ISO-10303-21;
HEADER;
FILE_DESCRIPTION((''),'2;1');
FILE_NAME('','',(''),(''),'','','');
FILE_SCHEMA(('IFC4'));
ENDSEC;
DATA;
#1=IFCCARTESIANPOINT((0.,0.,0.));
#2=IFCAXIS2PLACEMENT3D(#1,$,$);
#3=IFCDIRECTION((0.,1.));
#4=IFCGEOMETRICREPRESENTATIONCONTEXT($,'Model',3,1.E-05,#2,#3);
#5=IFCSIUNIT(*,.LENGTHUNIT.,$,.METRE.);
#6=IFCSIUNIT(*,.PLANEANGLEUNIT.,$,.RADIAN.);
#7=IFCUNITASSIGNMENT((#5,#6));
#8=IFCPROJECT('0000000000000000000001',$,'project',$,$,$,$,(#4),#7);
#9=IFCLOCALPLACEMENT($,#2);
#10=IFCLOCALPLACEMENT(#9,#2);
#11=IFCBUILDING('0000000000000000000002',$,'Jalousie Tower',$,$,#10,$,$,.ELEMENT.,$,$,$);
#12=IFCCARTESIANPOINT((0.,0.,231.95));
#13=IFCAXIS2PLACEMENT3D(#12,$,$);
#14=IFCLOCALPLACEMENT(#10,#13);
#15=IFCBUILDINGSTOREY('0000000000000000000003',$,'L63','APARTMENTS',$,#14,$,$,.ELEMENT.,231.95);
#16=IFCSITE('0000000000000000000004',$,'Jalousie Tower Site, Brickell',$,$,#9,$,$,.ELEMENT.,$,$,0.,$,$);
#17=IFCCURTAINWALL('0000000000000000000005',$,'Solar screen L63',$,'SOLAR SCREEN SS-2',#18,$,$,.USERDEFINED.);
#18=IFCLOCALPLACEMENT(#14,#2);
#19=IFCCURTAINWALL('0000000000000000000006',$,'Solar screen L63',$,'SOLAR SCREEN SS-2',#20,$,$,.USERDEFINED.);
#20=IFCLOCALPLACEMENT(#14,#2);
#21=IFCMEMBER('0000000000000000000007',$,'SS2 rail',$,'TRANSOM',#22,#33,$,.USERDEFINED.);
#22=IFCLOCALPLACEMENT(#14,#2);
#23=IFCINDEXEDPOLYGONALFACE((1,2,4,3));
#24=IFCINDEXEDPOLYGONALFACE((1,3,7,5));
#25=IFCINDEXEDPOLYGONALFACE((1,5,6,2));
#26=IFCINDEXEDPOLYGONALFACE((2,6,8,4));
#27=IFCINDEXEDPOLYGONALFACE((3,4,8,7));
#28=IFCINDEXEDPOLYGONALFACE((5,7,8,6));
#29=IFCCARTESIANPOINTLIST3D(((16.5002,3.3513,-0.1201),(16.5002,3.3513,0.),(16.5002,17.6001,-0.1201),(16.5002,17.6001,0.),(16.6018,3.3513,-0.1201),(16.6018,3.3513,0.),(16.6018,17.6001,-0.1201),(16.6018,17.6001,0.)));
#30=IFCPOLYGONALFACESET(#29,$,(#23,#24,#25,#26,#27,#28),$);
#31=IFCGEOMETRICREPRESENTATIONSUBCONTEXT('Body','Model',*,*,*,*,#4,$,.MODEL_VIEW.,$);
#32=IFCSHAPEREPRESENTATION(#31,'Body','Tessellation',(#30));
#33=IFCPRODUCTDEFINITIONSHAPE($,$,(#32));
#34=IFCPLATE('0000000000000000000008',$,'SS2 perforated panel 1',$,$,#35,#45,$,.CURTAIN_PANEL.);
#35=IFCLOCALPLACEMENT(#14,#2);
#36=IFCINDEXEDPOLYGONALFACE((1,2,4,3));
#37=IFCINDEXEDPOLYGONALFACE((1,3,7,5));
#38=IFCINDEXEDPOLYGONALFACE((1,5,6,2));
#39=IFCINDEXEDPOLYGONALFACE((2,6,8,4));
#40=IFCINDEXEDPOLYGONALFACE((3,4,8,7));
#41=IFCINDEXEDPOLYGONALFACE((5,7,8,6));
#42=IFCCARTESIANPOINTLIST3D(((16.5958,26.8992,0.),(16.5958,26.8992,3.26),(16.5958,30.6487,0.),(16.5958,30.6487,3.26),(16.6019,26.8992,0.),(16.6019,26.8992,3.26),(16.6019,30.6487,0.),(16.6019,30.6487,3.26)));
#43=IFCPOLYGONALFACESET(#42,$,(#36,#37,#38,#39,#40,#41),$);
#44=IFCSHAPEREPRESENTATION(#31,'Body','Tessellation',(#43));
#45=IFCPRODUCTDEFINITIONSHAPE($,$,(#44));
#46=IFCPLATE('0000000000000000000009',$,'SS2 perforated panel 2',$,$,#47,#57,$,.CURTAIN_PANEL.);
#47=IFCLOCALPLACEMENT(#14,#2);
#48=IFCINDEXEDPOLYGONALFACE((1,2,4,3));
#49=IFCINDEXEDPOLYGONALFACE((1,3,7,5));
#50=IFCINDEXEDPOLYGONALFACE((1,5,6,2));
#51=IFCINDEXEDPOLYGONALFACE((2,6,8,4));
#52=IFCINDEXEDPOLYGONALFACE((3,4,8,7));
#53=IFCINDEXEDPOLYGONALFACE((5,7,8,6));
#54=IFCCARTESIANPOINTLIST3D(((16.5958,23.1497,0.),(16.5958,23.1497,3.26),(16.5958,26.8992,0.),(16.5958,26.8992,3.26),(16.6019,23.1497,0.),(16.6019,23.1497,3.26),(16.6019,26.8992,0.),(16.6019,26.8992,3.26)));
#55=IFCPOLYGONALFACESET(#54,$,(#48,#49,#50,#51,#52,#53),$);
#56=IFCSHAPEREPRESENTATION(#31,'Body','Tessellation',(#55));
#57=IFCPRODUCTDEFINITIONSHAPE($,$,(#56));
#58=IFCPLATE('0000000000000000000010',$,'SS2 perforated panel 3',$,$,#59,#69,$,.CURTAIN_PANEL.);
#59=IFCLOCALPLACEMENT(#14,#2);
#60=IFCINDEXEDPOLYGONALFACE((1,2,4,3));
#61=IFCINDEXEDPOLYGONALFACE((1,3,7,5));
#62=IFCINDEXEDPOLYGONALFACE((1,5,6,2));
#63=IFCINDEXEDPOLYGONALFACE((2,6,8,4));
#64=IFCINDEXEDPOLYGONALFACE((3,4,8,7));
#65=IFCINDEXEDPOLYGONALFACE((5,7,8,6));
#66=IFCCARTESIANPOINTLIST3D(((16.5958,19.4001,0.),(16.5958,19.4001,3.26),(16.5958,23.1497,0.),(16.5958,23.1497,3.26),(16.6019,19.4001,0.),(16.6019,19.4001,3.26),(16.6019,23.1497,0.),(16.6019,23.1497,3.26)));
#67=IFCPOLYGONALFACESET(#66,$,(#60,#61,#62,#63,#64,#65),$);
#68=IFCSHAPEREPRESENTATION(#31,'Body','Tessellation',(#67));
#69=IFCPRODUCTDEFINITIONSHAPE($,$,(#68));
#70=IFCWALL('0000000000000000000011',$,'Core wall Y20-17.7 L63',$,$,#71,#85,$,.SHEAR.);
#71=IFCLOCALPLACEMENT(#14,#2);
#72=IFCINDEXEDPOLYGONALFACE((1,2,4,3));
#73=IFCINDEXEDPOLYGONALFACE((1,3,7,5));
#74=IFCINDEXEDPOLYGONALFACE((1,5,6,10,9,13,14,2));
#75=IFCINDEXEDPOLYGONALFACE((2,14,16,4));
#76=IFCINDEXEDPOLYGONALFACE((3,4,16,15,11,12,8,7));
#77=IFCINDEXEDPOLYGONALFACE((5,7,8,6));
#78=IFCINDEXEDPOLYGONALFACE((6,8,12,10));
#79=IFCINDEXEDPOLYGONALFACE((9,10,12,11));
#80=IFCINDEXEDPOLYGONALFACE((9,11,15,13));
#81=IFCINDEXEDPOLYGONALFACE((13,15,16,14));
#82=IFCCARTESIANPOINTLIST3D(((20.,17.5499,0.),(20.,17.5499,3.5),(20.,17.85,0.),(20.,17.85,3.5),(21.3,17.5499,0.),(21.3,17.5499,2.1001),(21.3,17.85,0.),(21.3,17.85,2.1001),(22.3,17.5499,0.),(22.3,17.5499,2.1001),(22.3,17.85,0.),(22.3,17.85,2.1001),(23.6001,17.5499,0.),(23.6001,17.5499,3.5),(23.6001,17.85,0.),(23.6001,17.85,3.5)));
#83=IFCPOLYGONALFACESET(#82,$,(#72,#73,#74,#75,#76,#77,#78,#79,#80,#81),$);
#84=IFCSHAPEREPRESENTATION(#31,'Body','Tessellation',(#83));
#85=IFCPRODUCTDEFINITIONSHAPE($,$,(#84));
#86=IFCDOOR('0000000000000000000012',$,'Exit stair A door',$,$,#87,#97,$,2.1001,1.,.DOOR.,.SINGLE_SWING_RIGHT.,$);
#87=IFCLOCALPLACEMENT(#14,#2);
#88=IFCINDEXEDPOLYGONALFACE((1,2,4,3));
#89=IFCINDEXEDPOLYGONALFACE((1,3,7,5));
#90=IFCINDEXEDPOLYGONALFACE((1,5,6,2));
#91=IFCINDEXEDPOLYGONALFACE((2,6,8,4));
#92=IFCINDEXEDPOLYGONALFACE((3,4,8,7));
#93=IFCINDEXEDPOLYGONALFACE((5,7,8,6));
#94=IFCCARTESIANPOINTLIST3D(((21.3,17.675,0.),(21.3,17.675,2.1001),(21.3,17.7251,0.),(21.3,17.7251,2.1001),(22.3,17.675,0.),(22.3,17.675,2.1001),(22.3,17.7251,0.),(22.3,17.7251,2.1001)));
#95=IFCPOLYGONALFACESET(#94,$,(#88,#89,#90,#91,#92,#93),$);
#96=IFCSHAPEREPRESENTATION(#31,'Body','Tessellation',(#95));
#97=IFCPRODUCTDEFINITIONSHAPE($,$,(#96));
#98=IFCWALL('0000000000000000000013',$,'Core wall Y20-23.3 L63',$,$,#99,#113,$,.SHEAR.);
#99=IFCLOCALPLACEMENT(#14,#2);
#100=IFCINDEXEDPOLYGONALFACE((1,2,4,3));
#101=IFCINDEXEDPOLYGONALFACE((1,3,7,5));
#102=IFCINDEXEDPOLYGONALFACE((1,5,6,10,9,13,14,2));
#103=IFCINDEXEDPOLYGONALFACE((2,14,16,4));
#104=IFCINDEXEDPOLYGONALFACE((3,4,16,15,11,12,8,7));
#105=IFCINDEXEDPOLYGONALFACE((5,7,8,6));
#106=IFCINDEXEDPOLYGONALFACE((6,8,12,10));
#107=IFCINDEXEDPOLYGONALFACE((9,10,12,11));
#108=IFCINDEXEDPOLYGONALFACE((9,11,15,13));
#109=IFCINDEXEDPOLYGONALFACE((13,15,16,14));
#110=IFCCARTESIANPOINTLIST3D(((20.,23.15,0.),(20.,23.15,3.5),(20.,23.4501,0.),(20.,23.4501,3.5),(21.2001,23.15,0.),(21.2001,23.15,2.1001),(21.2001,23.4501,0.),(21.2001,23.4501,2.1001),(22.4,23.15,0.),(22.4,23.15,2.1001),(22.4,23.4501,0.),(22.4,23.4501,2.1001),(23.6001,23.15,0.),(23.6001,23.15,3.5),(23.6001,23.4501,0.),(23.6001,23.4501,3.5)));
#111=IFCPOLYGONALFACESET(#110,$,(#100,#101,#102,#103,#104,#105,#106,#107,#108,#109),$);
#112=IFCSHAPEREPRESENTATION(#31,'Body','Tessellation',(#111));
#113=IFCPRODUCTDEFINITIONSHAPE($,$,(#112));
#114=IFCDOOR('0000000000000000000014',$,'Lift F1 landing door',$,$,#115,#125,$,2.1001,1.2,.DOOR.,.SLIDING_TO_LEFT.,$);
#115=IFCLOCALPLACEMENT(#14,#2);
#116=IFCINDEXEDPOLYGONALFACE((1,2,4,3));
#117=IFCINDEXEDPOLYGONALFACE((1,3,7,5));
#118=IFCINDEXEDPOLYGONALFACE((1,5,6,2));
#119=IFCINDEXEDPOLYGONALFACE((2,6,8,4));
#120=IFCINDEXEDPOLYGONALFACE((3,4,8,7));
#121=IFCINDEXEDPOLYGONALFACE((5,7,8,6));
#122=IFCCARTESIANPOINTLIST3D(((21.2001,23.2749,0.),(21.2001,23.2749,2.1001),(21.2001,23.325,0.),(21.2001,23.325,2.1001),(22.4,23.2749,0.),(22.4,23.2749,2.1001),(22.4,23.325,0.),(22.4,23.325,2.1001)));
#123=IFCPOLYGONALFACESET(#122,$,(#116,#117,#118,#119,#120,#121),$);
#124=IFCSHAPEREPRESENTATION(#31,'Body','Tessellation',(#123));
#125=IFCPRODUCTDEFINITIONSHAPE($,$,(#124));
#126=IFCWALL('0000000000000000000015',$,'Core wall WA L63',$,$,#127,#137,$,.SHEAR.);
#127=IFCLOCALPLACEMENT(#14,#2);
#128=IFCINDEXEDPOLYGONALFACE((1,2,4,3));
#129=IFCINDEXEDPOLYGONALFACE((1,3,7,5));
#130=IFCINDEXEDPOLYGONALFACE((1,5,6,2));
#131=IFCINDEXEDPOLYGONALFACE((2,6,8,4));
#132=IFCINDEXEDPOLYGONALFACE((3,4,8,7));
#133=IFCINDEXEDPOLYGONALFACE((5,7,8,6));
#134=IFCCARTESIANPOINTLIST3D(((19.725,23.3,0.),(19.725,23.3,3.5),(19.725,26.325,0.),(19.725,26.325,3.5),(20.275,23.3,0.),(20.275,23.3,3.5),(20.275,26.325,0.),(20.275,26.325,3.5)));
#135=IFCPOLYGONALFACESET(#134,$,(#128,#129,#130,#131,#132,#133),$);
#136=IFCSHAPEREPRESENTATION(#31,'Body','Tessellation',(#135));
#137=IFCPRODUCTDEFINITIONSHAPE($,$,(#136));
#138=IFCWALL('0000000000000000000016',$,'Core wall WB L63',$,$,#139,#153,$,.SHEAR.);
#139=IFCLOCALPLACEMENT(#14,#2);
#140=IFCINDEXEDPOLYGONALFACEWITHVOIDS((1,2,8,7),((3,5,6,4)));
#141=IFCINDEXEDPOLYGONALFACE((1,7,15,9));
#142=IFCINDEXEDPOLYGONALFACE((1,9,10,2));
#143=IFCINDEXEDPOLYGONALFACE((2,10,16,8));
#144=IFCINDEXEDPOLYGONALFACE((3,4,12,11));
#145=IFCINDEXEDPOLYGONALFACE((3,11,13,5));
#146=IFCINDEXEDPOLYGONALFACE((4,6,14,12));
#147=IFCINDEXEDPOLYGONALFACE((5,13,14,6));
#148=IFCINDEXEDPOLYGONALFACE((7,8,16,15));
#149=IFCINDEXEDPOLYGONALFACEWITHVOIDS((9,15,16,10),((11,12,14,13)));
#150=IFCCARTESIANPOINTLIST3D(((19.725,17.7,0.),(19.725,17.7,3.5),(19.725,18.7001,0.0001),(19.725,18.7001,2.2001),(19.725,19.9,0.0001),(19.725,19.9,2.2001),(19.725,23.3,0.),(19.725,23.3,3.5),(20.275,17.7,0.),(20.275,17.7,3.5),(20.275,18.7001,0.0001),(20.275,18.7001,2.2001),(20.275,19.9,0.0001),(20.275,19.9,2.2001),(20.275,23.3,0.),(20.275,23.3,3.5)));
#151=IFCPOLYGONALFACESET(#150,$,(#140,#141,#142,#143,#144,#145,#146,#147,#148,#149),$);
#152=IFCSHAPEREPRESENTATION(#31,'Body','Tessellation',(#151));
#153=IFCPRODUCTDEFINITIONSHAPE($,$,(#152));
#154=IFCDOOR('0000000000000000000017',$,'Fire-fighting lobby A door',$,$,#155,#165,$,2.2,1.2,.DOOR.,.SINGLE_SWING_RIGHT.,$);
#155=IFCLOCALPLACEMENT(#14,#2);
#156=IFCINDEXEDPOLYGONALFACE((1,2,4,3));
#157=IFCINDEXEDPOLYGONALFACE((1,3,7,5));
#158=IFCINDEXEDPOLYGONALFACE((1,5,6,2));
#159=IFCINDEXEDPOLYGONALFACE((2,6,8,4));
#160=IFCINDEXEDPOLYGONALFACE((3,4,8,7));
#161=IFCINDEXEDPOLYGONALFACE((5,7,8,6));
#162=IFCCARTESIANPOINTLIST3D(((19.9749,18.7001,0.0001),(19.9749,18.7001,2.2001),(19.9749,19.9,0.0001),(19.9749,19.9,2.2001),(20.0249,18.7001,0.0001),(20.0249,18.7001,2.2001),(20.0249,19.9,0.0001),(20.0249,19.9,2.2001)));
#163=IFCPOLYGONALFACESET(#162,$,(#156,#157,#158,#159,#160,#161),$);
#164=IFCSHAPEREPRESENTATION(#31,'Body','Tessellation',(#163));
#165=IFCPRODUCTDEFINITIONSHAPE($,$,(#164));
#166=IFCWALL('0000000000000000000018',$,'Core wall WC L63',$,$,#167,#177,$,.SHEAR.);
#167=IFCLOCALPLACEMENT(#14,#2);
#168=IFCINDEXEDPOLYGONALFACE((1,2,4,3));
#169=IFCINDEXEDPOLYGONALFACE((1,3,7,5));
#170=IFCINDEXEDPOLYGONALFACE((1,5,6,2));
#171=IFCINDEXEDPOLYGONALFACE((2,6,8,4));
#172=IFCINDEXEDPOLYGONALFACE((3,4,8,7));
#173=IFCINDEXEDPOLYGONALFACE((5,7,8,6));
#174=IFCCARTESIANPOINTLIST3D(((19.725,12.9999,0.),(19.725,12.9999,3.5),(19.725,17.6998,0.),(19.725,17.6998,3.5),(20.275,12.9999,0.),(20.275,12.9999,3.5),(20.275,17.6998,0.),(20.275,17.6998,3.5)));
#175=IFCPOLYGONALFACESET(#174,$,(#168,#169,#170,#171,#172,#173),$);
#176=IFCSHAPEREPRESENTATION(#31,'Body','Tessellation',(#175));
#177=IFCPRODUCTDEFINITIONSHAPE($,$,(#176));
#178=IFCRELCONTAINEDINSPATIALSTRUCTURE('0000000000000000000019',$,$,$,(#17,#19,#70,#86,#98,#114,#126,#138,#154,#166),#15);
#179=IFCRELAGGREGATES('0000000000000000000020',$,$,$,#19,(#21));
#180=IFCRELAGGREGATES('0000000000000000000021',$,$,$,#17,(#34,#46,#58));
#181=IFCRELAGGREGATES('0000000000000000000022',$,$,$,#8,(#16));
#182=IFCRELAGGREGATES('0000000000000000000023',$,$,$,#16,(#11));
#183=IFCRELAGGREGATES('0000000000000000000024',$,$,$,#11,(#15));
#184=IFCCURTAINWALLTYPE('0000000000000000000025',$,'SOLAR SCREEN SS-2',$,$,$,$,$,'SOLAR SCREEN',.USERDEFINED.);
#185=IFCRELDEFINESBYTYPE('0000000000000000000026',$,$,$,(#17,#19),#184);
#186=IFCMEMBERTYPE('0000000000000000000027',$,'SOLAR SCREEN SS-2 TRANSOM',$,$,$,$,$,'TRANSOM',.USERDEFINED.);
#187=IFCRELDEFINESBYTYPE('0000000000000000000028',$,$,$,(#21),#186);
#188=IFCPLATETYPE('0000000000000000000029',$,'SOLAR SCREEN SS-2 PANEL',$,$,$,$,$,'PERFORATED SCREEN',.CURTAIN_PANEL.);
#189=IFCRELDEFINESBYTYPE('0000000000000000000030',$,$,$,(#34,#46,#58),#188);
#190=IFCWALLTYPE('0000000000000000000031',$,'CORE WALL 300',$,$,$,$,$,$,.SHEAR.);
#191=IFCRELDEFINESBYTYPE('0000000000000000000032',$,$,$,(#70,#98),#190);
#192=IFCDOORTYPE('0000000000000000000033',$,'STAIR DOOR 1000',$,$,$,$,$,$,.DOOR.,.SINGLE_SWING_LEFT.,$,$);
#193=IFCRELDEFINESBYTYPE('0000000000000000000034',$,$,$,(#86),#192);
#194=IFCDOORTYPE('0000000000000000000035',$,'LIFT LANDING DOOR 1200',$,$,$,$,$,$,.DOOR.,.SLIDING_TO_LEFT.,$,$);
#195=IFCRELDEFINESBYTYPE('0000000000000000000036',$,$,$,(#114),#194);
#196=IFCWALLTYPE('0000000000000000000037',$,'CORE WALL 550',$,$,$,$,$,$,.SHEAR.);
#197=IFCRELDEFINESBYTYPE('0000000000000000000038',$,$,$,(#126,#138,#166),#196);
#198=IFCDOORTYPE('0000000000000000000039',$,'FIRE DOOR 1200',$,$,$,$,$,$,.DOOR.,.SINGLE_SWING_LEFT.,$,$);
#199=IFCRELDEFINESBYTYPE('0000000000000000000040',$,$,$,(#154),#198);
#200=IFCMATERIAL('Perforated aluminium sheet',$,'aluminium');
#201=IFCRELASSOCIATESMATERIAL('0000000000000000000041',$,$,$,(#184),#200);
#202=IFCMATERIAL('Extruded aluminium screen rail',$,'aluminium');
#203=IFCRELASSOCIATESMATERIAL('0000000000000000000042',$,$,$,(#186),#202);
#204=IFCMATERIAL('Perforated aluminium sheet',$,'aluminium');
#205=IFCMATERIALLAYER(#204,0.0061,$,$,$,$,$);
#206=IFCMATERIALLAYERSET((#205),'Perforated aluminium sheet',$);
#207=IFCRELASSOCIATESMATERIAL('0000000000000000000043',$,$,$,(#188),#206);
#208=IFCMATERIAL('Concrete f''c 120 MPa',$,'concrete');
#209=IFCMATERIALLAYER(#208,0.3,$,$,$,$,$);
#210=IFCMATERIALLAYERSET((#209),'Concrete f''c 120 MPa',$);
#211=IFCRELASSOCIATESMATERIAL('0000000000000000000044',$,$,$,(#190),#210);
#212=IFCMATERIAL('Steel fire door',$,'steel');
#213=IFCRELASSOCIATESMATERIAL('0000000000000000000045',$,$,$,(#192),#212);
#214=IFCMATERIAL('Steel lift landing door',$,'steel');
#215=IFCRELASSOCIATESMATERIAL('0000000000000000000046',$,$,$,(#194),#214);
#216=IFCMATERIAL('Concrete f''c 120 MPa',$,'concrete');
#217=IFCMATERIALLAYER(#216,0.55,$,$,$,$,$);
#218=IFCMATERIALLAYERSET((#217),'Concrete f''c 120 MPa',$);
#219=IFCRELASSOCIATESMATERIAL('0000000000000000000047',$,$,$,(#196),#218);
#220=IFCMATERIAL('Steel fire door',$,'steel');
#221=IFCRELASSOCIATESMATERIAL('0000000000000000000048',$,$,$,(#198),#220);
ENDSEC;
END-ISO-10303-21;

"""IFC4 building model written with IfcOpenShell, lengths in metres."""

from ifc_helpers import new_model, si_unit, direction, frame, frame_2d, origin, origin_2d, place, context, subcontext, project, spatial, rectangle, extrude, material, layer, layer_set, material_profile, profile_set, type_object, element, fill, aggregate, save


model = new_model("IFC4")

# Units and contexts
model_context = context("Model", 3, precision=1e-05, world=origin(), true_north=direction((0.0, 1.0)))
body_context = subcontext(model_context, "Body", "Model", "MODEL_VIEW")
ifc_project = project(units=[si_unit("LENGTHUNIT", "METRE"), si_unit("PLANEANGLEUNIT", "RADIAN")], contexts=[model_context])

# Site, building, storey
site_placement = place(None, origin())
site = spatial("IfcSite", under=ifc_project, at=site_placement, Name="Jalousie Tower Site, Brickell", CompositionType="ELEMENT", RefElevation=0.0)
building_placement = place(site_placement, origin())
building = spatial("IfcBuilding", under=site, at=building_placement, Name="Jalousie Tower", CompositionType="ELEMENT")
storey_placement = place(building_placement, frame((0.0, 0.0, 231.95)))
storey = spatial("IfcBuildingStorey", under=building, at=storey_placement, Name="L63", Description="APARTMENTS", CompositionType="ELEMENT", Elevation=231.95)

# Curtain walls, member
ifc_material_1 = material(Name="Perforated aluminium sheet", Category="aluminium")
curtain_wall_type = type_object("IfcCurtainWallType", Name="SOLAR SCREEN SS-2", ElementType="SOLAR SCREEN", PredefinedType="USERDEFINED", material=ifc_material_1)
curtain_wall_1_placement = place(storey_placement, origin())
curtain_wall_1 = element("IfcCurtainWall", 1, at=curtain_wall_1_placement, inside=storey, type_object=curtain_wall_type, Name="Solar screen L63", ObjectType="SOLAR SCREEN SS-2", PredefinedType="USERDEFINED")
curtain_wall_2_placement = place(storey_placement, origin())
curtain_wall_2 = element("IfcCurtainWall", 2, at=curtain_wall_2_placement, inside=storey, type_object=curtain_wall_type, Name="Solar screen L63", ObjectType="SOLAR SCREEN SS-2", PredefinedType="USERDEFINED")
ifc_material_2 = material(Name="Extruded aluminium screen rail", Category="aluminium")
ifc_material_profile_1 = material_profile(ifc_material_2, rectangle(XDim=0.1016, YDim=0.1201, at=origin_2d()), Name="RAIL 102x120")
ifc_profile_set_1 = profile_set([ifc_material_profile_1], Name="Extruded aluminium screen rail")
member_type_1 = type_object("IfcMemberType", Name="SOLAR SCREEN SS-2 TRANSOM", ElementType="TRANSOM", PredefinedType="USERDEFINED", material=ifc_profile_set_1)
member_1_placement = place(storey_placement, frame((16.551, 17.6001, -0.0601), z_axis=(0.0, -1.0, 0.0), x_axis=(1.0, 0.0, 0.0)))
member_1 = element("IfcMember", 3, at=member_1_placement, type_object=member_type_1, Name="SS2 rail", ObjectType="TRANSOM", PredefinedType="USERDEFINED", context=body_context, shape_type="SweptSolid", body=[
    extrude(rectangle(XDim=0.1016, YDim=0.1201, at=origin_2d()), origin(), (0.0, 0.0, 1.0), 14.2488),
])
aggregate(curtain_wall_2, [member_1])

# Plates
ifc_material_3 = material(Name="Perforated aluminium sheet", Category="aluminium")
ifc_layer_1 = layer(ifc_material_3, 0.0061)
ifc_layer_set_1 = layer_set([ifc_layer_1], Name="Perforated aluminium sheet")
plate_type = type_object("IfcPlateType", Name="SOLAR SCREEN SS-2 PANEL", ElementType="PERFORATED SCREEN", PredefinedType="CURTAIN_PANEL", material=ifc_layer_set_1)
plate_1_placement = place(storey_placement, frame((16.5989, 28.7739, 0.0), z_axis=(0.0, 0.0, 1.0), x_axis=(0.0, -1.0, 0.0)))
plate_1 = element("IfcPlate", 4, at=plate_1_placement, type_object=plate_type, Name="SS2 perforated panel 1", PredefinedType="CURTAIN_PANEL", context=body_context, shape_type="SweptSolid", body=[
    extrude(rectangle(XDim=3.7495, YDim=0.0061, at=origin_2d()), origin(), (0.0, 0.0, 1.0), 3.26),
])
plate_2_placement = place(storey_placement, frame((16.5989, 25.0244, 0.0), z_axis=(0.0, 0.0, 1.0), x_axis=(0.0, -1.0, 0.0)))
plate_2 = element("IfcPlate", 5, at=plate_2_placement, type_object=plate_type, Name="SS2 perforated panel 2", PredefinedType="CURTAIN_PANEL", context=body_context, shape_type="SweptSolid", body=[
    extrude(rectangle(XDim=3.7495, YDim=0.0061, at=origin_2d()), origin(), (0.0, 0.0, 1.0), 3.26),
])
plate_3_placement = place(storey_placement, frame((16.5989, 21.2749, 0.0), z_axis=(0.0, 0.0, 1.0), x_axis=(0.0, -1.0, 0.0)))
plate_3 = element("IfcPlate", 6, at=plate_3_placement, type_object=plate_type, Name="SS2 perforated panel 3", PredefinedType="CURTAIN_PANEL", context=body_context, shape_type="SweptSolid", body=[
    extrude(rectangle(XDim=3.7495, YDim=0.0061, at=origin_2d()), origin(), (0.0, 0.0, 1.0), 3.26),
])
aggregate(curtain_wall_1, [plate_1, plate_2, plate_3])

# Walls, openings, doors
ifc_material_4 = material(Name="Concrete f'c 120 MPa", Category="concrete")
ifc_layer_2 = layer(ifc_material_4, 0.3)
ifc_layer_set_2 = layer_set([ifc_layer_2], Name="Concrete f'c 120 MPa")
wall_type_1 = type_object("IfcWallType", Name="CORE WALL 300", PredefinedType="SHEAR", material=ifc_layer_set_2)
wall_1_placement = place(storey_placement, frame((20.0, 17.7, 0.0), z_axis=(0.0, 0.0, 1.0), x_axis=(1.0, 0.0, 0.0)))
wall_1 = element("IfcWall", 7, at=wall_1_placement, inside=storey, type_object=wall_type_1, Name="Core wall Y20-17.7 L63", PredefinedType="SHEAR", context=body_context, shape_type="SweptSolid", body=[
    extrude(rectangle(XDim=3.6001, YDim=0.3, at=frame_2d((1.8, 0.0))), origin(), (0.0, 0.0, 1.0), 3.5),
])
opening_1_placement = place(wall_1_placement, frame((1.3, 0.0, 0.0)))
opening_1 = element("IfcOpeningElement", 8, at=opening_1_placement, cuts=wall_1, PredefinedType="OPENING", context=body_context, shape_type="SweptSolid", body=[
    extrude(rectangle(XDim=1.0, YDim=2.1001, at=frame_2d((0.5, 1.05))), frame((0.0, 0.1599, 0.0), z_axis=(0.0, -1.0, 0.0), x_axis=(1.0, 0.0, 0.0)), (0.0, 0.0, 1.0), 0.3201),
])
ifc_material_5 = material(Name="Steel fire door", Category="steel")
door_type_1 = type_object("IfcDoorType", Name="STAIR DOOR 1000", OperationType="SINGLE_SWING_LEFT", PredefinedType="DOOR", material=ifc_material_5)
door_1_placement = place(opening_1_placement, frame((1.0, 0.0, 0.0), z_axis=(0.0, 0.0, 1.0), x_axis=(-1.0, 0.0, 0.0)))
door_1 = element("IfcDoor", 9, at=door_1_placement, inside=storey, type_object=door_type_1, Name="Exit stair A door", OperationType="SINGLE_SWING_RIGHT", OverallHeight=2.1001, OverallWidth=1.0, PredefinedType="DOOR", context=body_context, shape_type="SweptSolid", body=[
    extrude(rectangle(XDim=1.0, YDim=2.1001, at=frame_2d((0.5, 1.05))), frame((0.0, 0.0249, 0.0), z_axis=(0.0, -1.0, 0.0), x_axis=(1.0, 0.0, 0.0)), (0.0, 0.0, 1.0), 0.05),
])
fill(opening_1, door_1)
wall_2_placement = place(storey_placement, frame((20.0, 23.3, 0.0), z_axis=(0.0, 0.0, 1.0), x_axis=(1.0, 0.0, 0.0)))
wall_2 = element("IfcWall", 10, at=wall_2_placement, inside=storey, type_object=wall_type_1, Name="Core wall Y20-23.3 L63", PredefinedType="SHEAR", context=body_context, shape_type="SweptSolid", body=[
    extrude(rectangle(XDim=3.6001, YDim=0.3, at=frame_2d((1.8, 0.0))), origin(), (0.0, 0.0, 1.0), 3.5),
])
opening_2_placement = place(wall_2_placement, frame((1.2, 0.0, 0.0)))
opening_2 = element("IfcOpeningElement", 11, at=opening_2_placement, cuts=wall_2, PredefinedType="OPENING", context=body_context, shape_type="SweptSolid", body=[
    extrude(rectangle(XDim=1.2, YDim=2.1001, at=frame_2d((0.6001, 1.05))), frame((0.0, 0.1599, 0.0), z_axis=(0.0, -1.0, 0.0), x_axis=(1.0, 0.0, 0.0)), (0.0, 0.0, 1.0), 0.3201),
])
ifc_material_6 = material(Name="Steel lift landing door", Category="steel")
door_type_2 = type_object("IfcDoorType", Name="LIFT LANDING DOOR 1200", OperationType="SLIDING_TO_LEFT", PredefinedType="DOOR", material=ifc_material_6)
door_2_placement = place(opening_2_placement, origin())
door_2 = element("IfcDoor", 12, at=door_2_placement, inside=storey, type_object=door_type_2, Name="Lift F1 landing door", OperationType="SLIDING_TO_LEFT", OverallHeight=2.1001, OverallWidth=1.2, PredefinedType="DOOR", context=body_context, shape_type="SweptSolid", body=[
    extrude(rectangle(XDim=1.2, YDim=2.1001, at=frame_2d((0.6001, 1.05))), frame((0.0, 0.0249, 0.0), z_axis=(0.0, -1.0, 0.0), x_axis=(1.0, 0.0, 0.0)), (0.0, 0.0, 1.0), 0.05),
])
fill(opening_2, door_2)

# Wall
ifc_material_7 = material(Name="Concrete f'c 120 MPa", Category="concrete")
ifc_layer_3 = layer(ifc_material_7, 0.55)
ifc_layer_set_3 = layer_set([ifc_layer_3], Name="Concrete f'c 120 MPa")
wall_type_2 = type_object("IfcWallType", Name="CORE WALL 550", PredefinedType="SHEAR", material=ifc_layer_set_3)
wall_3_placement = place(storey_placement, frame((20.0, 26.325, 0.0), z_axis=(0.0, 0.0, 1.0), x_axis=(0.0, -1.0, 0.0)))
element("IfcWall", 13, at=wall_3_placement, inside=storey, type_object=wall_type_2, Name="Core wall WA L63", PredefinedType="SHEAR", context=body_context, shape_type="SweptSolid", body=[
    extrude(rectangle(XDim=3.0249, YDim=0.55, at=frame_2d((1.5125, 0.0))), origin(), (0.0, 0.0, 1.0), 3.5),
])

# Wall, opening, door
wall_4_placement = place(storey_placement, frame((20.0, 23.3, 0.0), z_axis=(0.0, 0.0, 1.0), x_axis=(0.0, -1.0, 0.0)))
wall_4 = element("IfcWall", 14, at=wall_4_placement, inside=storey, type_object=wall_type_2, Name="Core wall WB L63", PredefinedType="SHEAR", context=body_context, shape_type="SweptSolid", body=[
    extrude(rectangle(XDim=5.6001, YDim=0.55, at=frame_2d((2.8, 0.0))), origin(), (0.0, 0.0, 1.0), 3.5),
])
opening_3_placement = place(wall_4_placement, frame((3.3999, 0.0, 0.0)))
opening_3 = element("IfcOpeningElement", 15, at=opening_3_placement, cuts=wall_4, PredefinedType="OPENING", context=body_context, shape_type="SweptSolid", body=[
    extrude(rectangle(XDim=1.2, YDim=2.2, at=frame_2d((0.6001, 1.1001))), frame((0.0, 0.2849, 0.0), z_axis=(0.0, -1.0, 0.0), x_axis=(1.0, 0.0, 0.0)), (0.0, 0.0, 1.0), 0.5701),
])
ifc_material_8 = material(Name="Steel fire door", Category="steel")
door_type_3 = type_object("IfcDoorType", Name="FIRE DOOR 1200", OperationType="SINGLE_SWING_LEFT", PredefinedType="DOOR", material=ifc_material_8)
door_3_placement = place(opening_3_placement, origin())
door_3 = element("IfcDoor", 16, at=door_3_placement, inside=storey, type_object=door_type_3, Name="Fire-fighting lobby A door", OperationType="SINGLE_SWING_RIGHT", OverallHeight=2.2, OverallWidth=1.2, PredefinedType="DOOR", context=body_context, shape_type="SweptSolid", body=[
    extrude(rectangle(XDim=1.2, YDim=2.2, at=frame_2d((0.6001, 1.1001))), frame((0.0, 0.0249, 0.0), z_axis=(0.0, -1.0, 0.0), x_axis=(1.0, 0.0, 0.0)), (0.0, 0.0, 1.0), 0.05),
])
fill(opening_3, door_3)

# Wall
wall_5_placement = place(storey_placement, frame((20.0, 17.7, 0.0), z_axis=(0.0, 0.0, 1.0), x_axis=(0.0, -1.0, 0.0)))
element("IfcWall", 17, at=wall_5_placement, inside=storey, type_object=wall_type_2, Name="Core wall WC L63", PredefinedType="SHEAR", context=body_context, shape_type="SweptSolid", body=[
    extrude(rectangle(XDim=4.7, YDim=0.55, at=frame_2d((2.3501, 0.0))), origin(), (0.0, 0.0, 1.0), 3.5),
])

save(model, "model.ifc")
